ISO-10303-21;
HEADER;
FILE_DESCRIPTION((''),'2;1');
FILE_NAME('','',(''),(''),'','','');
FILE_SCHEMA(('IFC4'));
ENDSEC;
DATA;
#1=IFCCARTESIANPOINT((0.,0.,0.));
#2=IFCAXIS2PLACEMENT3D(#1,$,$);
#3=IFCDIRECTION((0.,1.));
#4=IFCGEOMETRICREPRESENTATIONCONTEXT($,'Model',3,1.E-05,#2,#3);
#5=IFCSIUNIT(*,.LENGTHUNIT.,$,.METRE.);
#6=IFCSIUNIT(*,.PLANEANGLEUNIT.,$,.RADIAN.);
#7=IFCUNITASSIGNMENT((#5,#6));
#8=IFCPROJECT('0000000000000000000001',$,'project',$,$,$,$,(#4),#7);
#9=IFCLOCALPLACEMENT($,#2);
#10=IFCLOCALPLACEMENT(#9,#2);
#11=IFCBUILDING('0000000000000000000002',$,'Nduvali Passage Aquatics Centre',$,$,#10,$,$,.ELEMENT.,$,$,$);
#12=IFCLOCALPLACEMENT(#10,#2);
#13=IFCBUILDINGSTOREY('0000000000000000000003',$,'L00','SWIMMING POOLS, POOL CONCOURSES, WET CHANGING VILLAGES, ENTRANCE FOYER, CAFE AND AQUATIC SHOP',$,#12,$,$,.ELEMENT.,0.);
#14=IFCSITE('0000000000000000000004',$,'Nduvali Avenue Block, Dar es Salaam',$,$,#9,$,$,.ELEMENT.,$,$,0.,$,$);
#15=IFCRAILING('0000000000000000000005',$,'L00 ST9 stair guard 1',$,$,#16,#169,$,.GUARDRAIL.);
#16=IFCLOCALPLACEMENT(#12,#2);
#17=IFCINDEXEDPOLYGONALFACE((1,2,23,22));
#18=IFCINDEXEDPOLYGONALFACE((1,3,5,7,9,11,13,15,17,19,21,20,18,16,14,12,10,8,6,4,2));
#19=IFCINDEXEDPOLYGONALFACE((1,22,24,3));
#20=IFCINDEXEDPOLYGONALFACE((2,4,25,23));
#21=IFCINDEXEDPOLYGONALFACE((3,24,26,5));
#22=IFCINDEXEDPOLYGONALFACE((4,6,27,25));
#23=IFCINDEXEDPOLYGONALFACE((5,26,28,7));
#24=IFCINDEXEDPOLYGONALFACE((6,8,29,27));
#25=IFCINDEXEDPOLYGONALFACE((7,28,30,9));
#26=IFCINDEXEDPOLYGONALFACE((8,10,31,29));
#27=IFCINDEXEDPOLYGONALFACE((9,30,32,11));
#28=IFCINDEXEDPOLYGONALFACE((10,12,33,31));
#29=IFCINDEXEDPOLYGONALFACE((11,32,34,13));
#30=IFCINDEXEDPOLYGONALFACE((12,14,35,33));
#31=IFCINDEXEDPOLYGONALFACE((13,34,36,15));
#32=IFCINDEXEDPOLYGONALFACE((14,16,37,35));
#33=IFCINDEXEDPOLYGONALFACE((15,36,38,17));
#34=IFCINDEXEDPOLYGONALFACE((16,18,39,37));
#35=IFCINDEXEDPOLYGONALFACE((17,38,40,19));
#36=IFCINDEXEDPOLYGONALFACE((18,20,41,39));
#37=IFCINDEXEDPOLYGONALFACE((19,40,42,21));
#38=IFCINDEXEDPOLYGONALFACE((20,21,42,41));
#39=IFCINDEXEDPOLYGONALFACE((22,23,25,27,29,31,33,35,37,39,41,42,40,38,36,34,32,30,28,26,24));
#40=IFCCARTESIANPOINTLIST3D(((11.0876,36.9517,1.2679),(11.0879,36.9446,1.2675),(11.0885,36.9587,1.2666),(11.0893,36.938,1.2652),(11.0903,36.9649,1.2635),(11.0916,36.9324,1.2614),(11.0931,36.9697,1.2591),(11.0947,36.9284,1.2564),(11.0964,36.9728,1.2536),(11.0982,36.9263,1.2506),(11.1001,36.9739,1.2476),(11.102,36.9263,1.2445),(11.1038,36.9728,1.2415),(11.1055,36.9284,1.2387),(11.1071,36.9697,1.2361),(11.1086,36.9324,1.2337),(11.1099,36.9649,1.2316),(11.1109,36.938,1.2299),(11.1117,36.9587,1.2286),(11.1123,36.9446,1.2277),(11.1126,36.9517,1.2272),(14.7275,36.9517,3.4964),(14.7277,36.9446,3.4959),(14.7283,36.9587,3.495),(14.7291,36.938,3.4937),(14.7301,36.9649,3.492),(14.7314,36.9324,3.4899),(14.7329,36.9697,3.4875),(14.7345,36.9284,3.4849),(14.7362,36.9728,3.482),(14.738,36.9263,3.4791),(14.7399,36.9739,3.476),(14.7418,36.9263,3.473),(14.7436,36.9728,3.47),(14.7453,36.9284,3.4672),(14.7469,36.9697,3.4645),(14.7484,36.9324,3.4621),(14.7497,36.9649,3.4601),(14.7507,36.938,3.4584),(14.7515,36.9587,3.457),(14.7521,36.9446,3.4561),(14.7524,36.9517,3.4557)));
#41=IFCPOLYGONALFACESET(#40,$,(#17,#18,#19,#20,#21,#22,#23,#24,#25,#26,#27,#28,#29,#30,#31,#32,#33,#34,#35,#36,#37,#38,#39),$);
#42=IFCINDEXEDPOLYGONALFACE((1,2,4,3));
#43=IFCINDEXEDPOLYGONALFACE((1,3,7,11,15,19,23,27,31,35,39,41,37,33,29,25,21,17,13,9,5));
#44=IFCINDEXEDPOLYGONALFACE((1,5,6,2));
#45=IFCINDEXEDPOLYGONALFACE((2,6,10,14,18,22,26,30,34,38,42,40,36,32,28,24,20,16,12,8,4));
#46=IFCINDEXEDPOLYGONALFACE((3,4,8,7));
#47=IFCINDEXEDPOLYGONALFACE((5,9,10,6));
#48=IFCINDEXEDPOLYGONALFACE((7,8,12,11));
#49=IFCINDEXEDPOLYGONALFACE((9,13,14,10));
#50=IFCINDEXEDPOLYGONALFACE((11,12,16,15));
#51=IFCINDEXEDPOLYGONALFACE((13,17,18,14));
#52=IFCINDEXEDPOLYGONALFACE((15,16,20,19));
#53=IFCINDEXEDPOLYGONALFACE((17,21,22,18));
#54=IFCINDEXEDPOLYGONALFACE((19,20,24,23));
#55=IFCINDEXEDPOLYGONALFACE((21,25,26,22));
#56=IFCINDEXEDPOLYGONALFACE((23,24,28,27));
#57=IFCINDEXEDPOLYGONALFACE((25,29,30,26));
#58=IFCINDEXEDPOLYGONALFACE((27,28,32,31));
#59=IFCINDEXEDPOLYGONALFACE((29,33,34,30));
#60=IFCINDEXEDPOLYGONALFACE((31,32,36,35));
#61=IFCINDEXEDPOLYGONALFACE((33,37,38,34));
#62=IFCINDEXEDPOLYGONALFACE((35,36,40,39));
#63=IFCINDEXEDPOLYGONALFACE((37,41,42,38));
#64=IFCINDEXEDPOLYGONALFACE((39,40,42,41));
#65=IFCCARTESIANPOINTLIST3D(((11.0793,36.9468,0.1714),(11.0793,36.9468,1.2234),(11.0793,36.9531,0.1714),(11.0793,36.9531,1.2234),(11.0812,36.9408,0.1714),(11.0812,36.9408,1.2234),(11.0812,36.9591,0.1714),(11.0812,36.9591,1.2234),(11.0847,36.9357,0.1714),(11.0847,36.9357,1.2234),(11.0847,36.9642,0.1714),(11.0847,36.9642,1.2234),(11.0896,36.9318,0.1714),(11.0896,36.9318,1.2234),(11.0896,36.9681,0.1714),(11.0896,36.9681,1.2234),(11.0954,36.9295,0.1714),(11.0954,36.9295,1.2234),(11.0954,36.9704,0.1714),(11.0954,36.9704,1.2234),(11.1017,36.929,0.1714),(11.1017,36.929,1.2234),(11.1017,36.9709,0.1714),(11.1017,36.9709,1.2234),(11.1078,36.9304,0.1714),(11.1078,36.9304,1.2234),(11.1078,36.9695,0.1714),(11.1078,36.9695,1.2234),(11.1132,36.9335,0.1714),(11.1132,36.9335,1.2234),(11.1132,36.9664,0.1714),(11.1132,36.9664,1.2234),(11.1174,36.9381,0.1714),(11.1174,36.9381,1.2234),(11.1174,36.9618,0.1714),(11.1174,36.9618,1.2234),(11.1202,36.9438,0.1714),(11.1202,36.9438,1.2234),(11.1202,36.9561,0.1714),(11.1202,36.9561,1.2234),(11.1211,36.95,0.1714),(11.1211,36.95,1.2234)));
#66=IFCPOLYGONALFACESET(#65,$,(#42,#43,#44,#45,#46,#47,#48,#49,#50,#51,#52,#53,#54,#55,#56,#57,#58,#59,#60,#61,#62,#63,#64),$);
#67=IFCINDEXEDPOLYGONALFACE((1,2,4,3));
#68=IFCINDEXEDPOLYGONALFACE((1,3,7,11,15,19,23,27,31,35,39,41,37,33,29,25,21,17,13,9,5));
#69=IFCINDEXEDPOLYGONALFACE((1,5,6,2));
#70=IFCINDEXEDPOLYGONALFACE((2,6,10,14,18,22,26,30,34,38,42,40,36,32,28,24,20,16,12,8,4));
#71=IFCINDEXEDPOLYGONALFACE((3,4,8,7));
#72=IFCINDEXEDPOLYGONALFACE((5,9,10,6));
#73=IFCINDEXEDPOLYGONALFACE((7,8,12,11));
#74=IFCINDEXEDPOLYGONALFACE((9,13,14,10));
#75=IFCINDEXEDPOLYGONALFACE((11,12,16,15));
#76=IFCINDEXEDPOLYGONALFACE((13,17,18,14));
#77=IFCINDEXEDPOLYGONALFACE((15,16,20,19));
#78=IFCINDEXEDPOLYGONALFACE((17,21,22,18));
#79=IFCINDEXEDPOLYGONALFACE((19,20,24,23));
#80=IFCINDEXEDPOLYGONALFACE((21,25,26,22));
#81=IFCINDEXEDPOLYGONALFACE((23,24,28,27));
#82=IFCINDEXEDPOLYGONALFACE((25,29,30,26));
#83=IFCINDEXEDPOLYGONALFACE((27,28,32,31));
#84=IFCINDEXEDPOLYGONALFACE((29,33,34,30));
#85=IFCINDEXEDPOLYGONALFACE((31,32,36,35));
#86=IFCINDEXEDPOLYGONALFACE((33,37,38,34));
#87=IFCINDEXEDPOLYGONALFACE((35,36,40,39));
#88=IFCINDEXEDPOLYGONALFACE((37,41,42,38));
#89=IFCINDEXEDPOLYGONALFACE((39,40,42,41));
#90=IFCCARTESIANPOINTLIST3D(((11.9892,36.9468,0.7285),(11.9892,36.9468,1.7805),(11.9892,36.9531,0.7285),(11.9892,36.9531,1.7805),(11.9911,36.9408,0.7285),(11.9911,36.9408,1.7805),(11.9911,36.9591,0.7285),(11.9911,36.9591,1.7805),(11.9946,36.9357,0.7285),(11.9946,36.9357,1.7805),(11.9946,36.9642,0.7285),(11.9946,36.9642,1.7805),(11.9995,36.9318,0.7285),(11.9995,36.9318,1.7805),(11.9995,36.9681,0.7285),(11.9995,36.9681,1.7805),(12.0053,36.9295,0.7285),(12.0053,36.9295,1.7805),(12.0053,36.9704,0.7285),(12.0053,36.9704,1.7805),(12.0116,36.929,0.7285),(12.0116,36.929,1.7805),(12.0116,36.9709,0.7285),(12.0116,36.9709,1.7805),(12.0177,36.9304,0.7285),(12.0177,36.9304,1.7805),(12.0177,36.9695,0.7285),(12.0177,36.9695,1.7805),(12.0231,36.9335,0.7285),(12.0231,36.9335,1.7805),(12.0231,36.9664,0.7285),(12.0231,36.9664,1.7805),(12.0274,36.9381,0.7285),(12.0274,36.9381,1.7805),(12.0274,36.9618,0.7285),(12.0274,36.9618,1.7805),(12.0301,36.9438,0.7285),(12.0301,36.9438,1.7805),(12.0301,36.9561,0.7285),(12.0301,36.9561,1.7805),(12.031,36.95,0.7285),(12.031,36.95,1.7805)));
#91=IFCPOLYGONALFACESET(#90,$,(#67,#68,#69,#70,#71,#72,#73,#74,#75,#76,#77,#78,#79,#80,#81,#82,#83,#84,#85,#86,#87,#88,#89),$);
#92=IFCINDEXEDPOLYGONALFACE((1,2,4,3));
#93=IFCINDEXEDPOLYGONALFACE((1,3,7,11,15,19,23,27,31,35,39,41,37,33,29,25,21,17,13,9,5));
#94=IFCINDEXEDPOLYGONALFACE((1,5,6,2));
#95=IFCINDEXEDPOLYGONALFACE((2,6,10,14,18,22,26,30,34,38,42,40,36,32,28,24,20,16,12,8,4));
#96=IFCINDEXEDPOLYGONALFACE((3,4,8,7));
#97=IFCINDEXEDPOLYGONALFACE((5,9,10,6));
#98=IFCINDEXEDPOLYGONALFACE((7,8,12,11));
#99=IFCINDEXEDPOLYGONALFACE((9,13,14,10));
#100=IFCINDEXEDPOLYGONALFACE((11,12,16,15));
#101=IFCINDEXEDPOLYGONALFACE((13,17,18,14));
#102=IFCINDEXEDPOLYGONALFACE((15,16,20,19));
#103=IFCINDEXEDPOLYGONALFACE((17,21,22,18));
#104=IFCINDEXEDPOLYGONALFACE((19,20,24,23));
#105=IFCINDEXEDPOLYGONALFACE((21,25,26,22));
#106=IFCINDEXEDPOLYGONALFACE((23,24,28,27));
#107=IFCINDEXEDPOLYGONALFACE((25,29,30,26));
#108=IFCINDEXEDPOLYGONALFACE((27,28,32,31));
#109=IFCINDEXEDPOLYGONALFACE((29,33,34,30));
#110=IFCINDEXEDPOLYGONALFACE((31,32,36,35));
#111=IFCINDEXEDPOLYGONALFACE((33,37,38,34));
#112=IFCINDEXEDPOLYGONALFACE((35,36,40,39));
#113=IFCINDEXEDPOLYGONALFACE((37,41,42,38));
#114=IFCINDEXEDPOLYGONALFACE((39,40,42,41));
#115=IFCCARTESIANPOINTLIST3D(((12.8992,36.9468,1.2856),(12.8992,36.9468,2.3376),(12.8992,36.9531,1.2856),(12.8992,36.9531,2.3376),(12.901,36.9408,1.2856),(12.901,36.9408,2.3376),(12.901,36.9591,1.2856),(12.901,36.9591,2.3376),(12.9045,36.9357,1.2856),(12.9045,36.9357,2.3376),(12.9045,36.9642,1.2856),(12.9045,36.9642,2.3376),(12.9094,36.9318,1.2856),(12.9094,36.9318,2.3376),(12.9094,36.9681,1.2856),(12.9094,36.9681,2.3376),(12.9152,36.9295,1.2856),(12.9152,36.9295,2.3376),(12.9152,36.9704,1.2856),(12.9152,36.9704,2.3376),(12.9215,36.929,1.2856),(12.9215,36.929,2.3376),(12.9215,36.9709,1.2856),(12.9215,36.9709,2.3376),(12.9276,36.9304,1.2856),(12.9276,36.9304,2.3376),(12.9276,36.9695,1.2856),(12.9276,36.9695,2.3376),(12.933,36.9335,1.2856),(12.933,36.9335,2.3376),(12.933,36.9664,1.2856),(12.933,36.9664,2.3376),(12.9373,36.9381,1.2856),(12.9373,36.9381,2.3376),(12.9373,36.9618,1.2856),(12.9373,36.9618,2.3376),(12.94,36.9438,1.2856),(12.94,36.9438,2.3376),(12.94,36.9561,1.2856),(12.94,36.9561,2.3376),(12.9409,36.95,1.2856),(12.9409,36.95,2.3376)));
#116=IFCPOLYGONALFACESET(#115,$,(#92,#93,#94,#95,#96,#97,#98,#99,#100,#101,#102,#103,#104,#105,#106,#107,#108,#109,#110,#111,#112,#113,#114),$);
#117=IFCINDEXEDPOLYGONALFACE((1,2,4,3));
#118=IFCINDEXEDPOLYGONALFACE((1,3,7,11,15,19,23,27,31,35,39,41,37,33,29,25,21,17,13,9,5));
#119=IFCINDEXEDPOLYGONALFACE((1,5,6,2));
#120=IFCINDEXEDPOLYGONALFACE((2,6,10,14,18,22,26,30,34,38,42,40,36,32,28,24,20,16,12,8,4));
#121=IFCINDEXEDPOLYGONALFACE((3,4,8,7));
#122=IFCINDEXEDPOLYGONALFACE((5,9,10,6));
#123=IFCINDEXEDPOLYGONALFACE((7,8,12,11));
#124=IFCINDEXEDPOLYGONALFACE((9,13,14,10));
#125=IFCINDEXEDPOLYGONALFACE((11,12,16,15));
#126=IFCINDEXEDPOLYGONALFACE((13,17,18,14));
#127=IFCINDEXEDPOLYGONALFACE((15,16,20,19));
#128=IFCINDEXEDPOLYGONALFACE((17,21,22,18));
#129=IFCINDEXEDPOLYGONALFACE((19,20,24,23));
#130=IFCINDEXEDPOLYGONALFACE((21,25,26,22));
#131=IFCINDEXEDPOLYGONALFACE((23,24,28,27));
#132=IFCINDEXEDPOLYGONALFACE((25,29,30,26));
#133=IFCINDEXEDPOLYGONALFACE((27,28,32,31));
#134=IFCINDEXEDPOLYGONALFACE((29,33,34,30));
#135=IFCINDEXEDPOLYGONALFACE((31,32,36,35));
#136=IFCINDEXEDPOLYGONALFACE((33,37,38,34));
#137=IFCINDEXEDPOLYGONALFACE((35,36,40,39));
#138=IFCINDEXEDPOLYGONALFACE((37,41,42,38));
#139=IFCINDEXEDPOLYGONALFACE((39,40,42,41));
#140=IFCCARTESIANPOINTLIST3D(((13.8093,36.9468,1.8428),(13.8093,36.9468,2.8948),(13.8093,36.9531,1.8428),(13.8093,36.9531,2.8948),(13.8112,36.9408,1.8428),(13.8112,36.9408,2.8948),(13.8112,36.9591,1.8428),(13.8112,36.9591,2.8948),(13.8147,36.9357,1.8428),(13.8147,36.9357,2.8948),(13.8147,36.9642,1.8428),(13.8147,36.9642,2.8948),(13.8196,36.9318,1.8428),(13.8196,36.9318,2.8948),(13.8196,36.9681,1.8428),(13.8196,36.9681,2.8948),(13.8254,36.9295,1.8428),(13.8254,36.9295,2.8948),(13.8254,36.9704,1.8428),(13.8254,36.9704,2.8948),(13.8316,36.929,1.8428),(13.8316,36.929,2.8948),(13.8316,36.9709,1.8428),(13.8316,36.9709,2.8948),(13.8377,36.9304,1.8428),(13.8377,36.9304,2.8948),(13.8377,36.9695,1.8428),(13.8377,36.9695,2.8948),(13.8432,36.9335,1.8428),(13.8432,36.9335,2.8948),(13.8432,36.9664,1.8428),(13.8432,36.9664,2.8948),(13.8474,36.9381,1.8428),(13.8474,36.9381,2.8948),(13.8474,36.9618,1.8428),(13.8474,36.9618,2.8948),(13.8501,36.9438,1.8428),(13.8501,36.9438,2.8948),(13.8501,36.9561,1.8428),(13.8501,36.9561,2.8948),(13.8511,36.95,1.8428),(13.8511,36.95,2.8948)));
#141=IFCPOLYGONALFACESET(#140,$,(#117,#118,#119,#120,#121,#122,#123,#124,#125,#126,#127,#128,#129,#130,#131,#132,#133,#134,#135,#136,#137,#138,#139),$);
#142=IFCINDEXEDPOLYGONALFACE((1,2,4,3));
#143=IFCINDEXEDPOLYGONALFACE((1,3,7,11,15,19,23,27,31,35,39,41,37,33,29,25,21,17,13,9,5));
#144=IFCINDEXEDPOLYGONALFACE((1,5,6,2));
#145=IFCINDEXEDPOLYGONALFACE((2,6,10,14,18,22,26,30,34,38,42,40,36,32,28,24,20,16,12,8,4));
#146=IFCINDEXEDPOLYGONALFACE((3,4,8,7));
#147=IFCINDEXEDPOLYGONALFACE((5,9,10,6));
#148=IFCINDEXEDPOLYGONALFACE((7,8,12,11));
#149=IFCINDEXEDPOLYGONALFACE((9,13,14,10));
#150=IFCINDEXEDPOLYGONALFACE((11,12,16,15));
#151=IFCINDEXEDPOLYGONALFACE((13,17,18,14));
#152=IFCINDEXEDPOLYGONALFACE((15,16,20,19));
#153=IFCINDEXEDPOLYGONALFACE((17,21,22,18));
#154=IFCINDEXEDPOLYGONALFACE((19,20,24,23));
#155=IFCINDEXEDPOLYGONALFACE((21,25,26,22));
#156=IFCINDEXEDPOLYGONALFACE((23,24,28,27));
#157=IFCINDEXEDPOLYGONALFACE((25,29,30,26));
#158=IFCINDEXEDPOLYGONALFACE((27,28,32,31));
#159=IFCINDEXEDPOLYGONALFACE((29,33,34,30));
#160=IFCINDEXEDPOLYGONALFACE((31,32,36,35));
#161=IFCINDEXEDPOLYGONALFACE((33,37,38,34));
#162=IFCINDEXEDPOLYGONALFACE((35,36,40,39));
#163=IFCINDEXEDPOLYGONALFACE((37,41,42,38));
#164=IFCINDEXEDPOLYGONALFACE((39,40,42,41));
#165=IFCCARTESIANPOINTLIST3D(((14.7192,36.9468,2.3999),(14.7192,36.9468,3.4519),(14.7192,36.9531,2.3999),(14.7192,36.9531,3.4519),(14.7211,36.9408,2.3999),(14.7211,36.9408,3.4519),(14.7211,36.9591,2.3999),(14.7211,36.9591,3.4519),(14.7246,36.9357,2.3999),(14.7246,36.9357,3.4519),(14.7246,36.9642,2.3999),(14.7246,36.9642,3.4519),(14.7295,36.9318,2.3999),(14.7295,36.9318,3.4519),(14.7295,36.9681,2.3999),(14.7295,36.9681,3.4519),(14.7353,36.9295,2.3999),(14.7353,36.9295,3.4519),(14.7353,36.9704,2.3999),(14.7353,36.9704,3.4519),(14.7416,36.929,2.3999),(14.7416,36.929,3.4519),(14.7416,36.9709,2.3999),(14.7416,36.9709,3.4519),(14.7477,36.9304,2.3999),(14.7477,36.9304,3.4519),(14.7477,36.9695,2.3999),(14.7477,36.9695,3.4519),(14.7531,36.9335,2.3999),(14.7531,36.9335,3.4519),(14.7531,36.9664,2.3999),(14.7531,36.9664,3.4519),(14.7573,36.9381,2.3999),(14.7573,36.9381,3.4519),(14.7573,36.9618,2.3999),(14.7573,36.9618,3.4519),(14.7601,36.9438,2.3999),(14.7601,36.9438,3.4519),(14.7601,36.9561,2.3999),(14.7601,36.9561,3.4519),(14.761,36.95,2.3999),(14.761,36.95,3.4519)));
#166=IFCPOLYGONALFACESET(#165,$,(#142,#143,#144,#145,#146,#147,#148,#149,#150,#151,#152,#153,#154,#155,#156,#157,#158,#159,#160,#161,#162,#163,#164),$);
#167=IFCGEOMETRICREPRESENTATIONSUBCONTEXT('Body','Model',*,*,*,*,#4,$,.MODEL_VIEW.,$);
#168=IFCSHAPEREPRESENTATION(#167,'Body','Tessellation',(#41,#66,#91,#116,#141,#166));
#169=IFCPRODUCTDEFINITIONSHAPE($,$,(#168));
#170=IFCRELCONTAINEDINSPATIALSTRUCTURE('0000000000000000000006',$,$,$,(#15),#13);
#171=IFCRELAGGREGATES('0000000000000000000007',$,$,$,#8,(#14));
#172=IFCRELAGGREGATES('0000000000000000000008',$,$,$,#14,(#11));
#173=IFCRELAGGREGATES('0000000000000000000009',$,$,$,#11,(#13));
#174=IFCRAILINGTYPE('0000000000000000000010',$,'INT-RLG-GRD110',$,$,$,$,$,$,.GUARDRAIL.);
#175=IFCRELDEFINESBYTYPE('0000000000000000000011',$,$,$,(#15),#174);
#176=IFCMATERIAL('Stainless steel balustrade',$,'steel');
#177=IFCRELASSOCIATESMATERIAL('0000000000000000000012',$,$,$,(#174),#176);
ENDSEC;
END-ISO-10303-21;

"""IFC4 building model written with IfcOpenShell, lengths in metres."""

from ifc_helpers import new_model, si_unit, direction, frame, origin, origin_2d, place, context, subcontext, project, spatial, circle, extrude, material, type_object, element, save


model = new_model("IFC4")

# Units and contexts
model_context = context("Model", 3, precision=1e-05, world=origin(), true_north=direction((0.0, 1.0)))
body_context = subcontext(model_context, "Body", "Model", "MODEL_VIEW")
ifc_project = project(units=[si_unit("LENGTHUNIT", "METRE"), si_unit("PLANEANGLEUNIT", "RADIAN")], contexts=[model_context])

# Site, building, storey
site_placement = place(None, origin())
site = spatial("IfcSite", under=ifc_project, at=site_placement, Name="Nduvali Avenue Block, Dar es Salaam", CompositionType="ELEMENT", RefElevation=0.0)
building_placement = place(site_placement, origin())
building = spatial("IfcBuilding", under=site, at=building_placement, Name="Nduvali Passage Aquatics Centre", CompositionType="ELEMENT")
storey_placement = place(building_placement, origin())
storey = spatial("IfcBuildingStorey", under=building, at=storey_placement, Name="L00", Description="SWIMMING POOLS, POOL CONCOURSES, WET CHANGING VILLAGES, ENTRANCE FOYER, CAFE AND AQUATIC SHOP", CompositionType="ELEMENT", Elevation=0.0)

# Railing
ifc_material_1 = material(Name="Stainless steel balustrade", Category="steel")
railing_type_1 = type_object("IfcRailingType", Name="INT-RLG-GRD110", PredefinedType="GUARDRAIL", material=ifc_material_1)
railing_1_placement = place(storey_placement, frame((11.1001, 36.95, 0.1714)))
element("IfcRailing", 1, at=railing_1_placement, inside=storey, type_object=railing_type_1, Name="L00 ST9 stair guard 1", PredefinedType="GUARDRAIL", context=body_context, shape_type="SweptSolid", body=[
    extrude(circle(Radius=0.0239, at=origin_2d()), frame((0.0, 0.0, 1.0762), z_axis=(0.85285, 0.0, 0.522156), x_axis=(0.0, 1.0, 0.0)), (0.0, 0.0, 1.0), 4.2678),
    extrude(circle(Radius=0.021, at=origin_2d()), origin(), (0.0, 0.0, 1.0), 1.052),
    extrude(circle(Radius=0.021, at=origin_2d()), frame((0.9099, 0.0, 0.5571)), (0.0, 0.0, 1.0), 1.052),
    extrude(circle(Radius=0.021, at=origin_2d()), frame((1.8198, 0.0, 1.1143)), (0.0, 0.0, 1.0), 1.052),
    extrude(circle(Radius=0.021, at=origin_2d()), frame((2.73, 0.0, 1.6714)), (0.0, 0.0, 1.0), 1.052),
    extrude(circle(Radius=0.021, at=origin_2d()), frame((3.6399, 0.0, 2.2285)), (0.0, 0.0, 1.0), 1.052),
])

save(model, "model.ifc")
